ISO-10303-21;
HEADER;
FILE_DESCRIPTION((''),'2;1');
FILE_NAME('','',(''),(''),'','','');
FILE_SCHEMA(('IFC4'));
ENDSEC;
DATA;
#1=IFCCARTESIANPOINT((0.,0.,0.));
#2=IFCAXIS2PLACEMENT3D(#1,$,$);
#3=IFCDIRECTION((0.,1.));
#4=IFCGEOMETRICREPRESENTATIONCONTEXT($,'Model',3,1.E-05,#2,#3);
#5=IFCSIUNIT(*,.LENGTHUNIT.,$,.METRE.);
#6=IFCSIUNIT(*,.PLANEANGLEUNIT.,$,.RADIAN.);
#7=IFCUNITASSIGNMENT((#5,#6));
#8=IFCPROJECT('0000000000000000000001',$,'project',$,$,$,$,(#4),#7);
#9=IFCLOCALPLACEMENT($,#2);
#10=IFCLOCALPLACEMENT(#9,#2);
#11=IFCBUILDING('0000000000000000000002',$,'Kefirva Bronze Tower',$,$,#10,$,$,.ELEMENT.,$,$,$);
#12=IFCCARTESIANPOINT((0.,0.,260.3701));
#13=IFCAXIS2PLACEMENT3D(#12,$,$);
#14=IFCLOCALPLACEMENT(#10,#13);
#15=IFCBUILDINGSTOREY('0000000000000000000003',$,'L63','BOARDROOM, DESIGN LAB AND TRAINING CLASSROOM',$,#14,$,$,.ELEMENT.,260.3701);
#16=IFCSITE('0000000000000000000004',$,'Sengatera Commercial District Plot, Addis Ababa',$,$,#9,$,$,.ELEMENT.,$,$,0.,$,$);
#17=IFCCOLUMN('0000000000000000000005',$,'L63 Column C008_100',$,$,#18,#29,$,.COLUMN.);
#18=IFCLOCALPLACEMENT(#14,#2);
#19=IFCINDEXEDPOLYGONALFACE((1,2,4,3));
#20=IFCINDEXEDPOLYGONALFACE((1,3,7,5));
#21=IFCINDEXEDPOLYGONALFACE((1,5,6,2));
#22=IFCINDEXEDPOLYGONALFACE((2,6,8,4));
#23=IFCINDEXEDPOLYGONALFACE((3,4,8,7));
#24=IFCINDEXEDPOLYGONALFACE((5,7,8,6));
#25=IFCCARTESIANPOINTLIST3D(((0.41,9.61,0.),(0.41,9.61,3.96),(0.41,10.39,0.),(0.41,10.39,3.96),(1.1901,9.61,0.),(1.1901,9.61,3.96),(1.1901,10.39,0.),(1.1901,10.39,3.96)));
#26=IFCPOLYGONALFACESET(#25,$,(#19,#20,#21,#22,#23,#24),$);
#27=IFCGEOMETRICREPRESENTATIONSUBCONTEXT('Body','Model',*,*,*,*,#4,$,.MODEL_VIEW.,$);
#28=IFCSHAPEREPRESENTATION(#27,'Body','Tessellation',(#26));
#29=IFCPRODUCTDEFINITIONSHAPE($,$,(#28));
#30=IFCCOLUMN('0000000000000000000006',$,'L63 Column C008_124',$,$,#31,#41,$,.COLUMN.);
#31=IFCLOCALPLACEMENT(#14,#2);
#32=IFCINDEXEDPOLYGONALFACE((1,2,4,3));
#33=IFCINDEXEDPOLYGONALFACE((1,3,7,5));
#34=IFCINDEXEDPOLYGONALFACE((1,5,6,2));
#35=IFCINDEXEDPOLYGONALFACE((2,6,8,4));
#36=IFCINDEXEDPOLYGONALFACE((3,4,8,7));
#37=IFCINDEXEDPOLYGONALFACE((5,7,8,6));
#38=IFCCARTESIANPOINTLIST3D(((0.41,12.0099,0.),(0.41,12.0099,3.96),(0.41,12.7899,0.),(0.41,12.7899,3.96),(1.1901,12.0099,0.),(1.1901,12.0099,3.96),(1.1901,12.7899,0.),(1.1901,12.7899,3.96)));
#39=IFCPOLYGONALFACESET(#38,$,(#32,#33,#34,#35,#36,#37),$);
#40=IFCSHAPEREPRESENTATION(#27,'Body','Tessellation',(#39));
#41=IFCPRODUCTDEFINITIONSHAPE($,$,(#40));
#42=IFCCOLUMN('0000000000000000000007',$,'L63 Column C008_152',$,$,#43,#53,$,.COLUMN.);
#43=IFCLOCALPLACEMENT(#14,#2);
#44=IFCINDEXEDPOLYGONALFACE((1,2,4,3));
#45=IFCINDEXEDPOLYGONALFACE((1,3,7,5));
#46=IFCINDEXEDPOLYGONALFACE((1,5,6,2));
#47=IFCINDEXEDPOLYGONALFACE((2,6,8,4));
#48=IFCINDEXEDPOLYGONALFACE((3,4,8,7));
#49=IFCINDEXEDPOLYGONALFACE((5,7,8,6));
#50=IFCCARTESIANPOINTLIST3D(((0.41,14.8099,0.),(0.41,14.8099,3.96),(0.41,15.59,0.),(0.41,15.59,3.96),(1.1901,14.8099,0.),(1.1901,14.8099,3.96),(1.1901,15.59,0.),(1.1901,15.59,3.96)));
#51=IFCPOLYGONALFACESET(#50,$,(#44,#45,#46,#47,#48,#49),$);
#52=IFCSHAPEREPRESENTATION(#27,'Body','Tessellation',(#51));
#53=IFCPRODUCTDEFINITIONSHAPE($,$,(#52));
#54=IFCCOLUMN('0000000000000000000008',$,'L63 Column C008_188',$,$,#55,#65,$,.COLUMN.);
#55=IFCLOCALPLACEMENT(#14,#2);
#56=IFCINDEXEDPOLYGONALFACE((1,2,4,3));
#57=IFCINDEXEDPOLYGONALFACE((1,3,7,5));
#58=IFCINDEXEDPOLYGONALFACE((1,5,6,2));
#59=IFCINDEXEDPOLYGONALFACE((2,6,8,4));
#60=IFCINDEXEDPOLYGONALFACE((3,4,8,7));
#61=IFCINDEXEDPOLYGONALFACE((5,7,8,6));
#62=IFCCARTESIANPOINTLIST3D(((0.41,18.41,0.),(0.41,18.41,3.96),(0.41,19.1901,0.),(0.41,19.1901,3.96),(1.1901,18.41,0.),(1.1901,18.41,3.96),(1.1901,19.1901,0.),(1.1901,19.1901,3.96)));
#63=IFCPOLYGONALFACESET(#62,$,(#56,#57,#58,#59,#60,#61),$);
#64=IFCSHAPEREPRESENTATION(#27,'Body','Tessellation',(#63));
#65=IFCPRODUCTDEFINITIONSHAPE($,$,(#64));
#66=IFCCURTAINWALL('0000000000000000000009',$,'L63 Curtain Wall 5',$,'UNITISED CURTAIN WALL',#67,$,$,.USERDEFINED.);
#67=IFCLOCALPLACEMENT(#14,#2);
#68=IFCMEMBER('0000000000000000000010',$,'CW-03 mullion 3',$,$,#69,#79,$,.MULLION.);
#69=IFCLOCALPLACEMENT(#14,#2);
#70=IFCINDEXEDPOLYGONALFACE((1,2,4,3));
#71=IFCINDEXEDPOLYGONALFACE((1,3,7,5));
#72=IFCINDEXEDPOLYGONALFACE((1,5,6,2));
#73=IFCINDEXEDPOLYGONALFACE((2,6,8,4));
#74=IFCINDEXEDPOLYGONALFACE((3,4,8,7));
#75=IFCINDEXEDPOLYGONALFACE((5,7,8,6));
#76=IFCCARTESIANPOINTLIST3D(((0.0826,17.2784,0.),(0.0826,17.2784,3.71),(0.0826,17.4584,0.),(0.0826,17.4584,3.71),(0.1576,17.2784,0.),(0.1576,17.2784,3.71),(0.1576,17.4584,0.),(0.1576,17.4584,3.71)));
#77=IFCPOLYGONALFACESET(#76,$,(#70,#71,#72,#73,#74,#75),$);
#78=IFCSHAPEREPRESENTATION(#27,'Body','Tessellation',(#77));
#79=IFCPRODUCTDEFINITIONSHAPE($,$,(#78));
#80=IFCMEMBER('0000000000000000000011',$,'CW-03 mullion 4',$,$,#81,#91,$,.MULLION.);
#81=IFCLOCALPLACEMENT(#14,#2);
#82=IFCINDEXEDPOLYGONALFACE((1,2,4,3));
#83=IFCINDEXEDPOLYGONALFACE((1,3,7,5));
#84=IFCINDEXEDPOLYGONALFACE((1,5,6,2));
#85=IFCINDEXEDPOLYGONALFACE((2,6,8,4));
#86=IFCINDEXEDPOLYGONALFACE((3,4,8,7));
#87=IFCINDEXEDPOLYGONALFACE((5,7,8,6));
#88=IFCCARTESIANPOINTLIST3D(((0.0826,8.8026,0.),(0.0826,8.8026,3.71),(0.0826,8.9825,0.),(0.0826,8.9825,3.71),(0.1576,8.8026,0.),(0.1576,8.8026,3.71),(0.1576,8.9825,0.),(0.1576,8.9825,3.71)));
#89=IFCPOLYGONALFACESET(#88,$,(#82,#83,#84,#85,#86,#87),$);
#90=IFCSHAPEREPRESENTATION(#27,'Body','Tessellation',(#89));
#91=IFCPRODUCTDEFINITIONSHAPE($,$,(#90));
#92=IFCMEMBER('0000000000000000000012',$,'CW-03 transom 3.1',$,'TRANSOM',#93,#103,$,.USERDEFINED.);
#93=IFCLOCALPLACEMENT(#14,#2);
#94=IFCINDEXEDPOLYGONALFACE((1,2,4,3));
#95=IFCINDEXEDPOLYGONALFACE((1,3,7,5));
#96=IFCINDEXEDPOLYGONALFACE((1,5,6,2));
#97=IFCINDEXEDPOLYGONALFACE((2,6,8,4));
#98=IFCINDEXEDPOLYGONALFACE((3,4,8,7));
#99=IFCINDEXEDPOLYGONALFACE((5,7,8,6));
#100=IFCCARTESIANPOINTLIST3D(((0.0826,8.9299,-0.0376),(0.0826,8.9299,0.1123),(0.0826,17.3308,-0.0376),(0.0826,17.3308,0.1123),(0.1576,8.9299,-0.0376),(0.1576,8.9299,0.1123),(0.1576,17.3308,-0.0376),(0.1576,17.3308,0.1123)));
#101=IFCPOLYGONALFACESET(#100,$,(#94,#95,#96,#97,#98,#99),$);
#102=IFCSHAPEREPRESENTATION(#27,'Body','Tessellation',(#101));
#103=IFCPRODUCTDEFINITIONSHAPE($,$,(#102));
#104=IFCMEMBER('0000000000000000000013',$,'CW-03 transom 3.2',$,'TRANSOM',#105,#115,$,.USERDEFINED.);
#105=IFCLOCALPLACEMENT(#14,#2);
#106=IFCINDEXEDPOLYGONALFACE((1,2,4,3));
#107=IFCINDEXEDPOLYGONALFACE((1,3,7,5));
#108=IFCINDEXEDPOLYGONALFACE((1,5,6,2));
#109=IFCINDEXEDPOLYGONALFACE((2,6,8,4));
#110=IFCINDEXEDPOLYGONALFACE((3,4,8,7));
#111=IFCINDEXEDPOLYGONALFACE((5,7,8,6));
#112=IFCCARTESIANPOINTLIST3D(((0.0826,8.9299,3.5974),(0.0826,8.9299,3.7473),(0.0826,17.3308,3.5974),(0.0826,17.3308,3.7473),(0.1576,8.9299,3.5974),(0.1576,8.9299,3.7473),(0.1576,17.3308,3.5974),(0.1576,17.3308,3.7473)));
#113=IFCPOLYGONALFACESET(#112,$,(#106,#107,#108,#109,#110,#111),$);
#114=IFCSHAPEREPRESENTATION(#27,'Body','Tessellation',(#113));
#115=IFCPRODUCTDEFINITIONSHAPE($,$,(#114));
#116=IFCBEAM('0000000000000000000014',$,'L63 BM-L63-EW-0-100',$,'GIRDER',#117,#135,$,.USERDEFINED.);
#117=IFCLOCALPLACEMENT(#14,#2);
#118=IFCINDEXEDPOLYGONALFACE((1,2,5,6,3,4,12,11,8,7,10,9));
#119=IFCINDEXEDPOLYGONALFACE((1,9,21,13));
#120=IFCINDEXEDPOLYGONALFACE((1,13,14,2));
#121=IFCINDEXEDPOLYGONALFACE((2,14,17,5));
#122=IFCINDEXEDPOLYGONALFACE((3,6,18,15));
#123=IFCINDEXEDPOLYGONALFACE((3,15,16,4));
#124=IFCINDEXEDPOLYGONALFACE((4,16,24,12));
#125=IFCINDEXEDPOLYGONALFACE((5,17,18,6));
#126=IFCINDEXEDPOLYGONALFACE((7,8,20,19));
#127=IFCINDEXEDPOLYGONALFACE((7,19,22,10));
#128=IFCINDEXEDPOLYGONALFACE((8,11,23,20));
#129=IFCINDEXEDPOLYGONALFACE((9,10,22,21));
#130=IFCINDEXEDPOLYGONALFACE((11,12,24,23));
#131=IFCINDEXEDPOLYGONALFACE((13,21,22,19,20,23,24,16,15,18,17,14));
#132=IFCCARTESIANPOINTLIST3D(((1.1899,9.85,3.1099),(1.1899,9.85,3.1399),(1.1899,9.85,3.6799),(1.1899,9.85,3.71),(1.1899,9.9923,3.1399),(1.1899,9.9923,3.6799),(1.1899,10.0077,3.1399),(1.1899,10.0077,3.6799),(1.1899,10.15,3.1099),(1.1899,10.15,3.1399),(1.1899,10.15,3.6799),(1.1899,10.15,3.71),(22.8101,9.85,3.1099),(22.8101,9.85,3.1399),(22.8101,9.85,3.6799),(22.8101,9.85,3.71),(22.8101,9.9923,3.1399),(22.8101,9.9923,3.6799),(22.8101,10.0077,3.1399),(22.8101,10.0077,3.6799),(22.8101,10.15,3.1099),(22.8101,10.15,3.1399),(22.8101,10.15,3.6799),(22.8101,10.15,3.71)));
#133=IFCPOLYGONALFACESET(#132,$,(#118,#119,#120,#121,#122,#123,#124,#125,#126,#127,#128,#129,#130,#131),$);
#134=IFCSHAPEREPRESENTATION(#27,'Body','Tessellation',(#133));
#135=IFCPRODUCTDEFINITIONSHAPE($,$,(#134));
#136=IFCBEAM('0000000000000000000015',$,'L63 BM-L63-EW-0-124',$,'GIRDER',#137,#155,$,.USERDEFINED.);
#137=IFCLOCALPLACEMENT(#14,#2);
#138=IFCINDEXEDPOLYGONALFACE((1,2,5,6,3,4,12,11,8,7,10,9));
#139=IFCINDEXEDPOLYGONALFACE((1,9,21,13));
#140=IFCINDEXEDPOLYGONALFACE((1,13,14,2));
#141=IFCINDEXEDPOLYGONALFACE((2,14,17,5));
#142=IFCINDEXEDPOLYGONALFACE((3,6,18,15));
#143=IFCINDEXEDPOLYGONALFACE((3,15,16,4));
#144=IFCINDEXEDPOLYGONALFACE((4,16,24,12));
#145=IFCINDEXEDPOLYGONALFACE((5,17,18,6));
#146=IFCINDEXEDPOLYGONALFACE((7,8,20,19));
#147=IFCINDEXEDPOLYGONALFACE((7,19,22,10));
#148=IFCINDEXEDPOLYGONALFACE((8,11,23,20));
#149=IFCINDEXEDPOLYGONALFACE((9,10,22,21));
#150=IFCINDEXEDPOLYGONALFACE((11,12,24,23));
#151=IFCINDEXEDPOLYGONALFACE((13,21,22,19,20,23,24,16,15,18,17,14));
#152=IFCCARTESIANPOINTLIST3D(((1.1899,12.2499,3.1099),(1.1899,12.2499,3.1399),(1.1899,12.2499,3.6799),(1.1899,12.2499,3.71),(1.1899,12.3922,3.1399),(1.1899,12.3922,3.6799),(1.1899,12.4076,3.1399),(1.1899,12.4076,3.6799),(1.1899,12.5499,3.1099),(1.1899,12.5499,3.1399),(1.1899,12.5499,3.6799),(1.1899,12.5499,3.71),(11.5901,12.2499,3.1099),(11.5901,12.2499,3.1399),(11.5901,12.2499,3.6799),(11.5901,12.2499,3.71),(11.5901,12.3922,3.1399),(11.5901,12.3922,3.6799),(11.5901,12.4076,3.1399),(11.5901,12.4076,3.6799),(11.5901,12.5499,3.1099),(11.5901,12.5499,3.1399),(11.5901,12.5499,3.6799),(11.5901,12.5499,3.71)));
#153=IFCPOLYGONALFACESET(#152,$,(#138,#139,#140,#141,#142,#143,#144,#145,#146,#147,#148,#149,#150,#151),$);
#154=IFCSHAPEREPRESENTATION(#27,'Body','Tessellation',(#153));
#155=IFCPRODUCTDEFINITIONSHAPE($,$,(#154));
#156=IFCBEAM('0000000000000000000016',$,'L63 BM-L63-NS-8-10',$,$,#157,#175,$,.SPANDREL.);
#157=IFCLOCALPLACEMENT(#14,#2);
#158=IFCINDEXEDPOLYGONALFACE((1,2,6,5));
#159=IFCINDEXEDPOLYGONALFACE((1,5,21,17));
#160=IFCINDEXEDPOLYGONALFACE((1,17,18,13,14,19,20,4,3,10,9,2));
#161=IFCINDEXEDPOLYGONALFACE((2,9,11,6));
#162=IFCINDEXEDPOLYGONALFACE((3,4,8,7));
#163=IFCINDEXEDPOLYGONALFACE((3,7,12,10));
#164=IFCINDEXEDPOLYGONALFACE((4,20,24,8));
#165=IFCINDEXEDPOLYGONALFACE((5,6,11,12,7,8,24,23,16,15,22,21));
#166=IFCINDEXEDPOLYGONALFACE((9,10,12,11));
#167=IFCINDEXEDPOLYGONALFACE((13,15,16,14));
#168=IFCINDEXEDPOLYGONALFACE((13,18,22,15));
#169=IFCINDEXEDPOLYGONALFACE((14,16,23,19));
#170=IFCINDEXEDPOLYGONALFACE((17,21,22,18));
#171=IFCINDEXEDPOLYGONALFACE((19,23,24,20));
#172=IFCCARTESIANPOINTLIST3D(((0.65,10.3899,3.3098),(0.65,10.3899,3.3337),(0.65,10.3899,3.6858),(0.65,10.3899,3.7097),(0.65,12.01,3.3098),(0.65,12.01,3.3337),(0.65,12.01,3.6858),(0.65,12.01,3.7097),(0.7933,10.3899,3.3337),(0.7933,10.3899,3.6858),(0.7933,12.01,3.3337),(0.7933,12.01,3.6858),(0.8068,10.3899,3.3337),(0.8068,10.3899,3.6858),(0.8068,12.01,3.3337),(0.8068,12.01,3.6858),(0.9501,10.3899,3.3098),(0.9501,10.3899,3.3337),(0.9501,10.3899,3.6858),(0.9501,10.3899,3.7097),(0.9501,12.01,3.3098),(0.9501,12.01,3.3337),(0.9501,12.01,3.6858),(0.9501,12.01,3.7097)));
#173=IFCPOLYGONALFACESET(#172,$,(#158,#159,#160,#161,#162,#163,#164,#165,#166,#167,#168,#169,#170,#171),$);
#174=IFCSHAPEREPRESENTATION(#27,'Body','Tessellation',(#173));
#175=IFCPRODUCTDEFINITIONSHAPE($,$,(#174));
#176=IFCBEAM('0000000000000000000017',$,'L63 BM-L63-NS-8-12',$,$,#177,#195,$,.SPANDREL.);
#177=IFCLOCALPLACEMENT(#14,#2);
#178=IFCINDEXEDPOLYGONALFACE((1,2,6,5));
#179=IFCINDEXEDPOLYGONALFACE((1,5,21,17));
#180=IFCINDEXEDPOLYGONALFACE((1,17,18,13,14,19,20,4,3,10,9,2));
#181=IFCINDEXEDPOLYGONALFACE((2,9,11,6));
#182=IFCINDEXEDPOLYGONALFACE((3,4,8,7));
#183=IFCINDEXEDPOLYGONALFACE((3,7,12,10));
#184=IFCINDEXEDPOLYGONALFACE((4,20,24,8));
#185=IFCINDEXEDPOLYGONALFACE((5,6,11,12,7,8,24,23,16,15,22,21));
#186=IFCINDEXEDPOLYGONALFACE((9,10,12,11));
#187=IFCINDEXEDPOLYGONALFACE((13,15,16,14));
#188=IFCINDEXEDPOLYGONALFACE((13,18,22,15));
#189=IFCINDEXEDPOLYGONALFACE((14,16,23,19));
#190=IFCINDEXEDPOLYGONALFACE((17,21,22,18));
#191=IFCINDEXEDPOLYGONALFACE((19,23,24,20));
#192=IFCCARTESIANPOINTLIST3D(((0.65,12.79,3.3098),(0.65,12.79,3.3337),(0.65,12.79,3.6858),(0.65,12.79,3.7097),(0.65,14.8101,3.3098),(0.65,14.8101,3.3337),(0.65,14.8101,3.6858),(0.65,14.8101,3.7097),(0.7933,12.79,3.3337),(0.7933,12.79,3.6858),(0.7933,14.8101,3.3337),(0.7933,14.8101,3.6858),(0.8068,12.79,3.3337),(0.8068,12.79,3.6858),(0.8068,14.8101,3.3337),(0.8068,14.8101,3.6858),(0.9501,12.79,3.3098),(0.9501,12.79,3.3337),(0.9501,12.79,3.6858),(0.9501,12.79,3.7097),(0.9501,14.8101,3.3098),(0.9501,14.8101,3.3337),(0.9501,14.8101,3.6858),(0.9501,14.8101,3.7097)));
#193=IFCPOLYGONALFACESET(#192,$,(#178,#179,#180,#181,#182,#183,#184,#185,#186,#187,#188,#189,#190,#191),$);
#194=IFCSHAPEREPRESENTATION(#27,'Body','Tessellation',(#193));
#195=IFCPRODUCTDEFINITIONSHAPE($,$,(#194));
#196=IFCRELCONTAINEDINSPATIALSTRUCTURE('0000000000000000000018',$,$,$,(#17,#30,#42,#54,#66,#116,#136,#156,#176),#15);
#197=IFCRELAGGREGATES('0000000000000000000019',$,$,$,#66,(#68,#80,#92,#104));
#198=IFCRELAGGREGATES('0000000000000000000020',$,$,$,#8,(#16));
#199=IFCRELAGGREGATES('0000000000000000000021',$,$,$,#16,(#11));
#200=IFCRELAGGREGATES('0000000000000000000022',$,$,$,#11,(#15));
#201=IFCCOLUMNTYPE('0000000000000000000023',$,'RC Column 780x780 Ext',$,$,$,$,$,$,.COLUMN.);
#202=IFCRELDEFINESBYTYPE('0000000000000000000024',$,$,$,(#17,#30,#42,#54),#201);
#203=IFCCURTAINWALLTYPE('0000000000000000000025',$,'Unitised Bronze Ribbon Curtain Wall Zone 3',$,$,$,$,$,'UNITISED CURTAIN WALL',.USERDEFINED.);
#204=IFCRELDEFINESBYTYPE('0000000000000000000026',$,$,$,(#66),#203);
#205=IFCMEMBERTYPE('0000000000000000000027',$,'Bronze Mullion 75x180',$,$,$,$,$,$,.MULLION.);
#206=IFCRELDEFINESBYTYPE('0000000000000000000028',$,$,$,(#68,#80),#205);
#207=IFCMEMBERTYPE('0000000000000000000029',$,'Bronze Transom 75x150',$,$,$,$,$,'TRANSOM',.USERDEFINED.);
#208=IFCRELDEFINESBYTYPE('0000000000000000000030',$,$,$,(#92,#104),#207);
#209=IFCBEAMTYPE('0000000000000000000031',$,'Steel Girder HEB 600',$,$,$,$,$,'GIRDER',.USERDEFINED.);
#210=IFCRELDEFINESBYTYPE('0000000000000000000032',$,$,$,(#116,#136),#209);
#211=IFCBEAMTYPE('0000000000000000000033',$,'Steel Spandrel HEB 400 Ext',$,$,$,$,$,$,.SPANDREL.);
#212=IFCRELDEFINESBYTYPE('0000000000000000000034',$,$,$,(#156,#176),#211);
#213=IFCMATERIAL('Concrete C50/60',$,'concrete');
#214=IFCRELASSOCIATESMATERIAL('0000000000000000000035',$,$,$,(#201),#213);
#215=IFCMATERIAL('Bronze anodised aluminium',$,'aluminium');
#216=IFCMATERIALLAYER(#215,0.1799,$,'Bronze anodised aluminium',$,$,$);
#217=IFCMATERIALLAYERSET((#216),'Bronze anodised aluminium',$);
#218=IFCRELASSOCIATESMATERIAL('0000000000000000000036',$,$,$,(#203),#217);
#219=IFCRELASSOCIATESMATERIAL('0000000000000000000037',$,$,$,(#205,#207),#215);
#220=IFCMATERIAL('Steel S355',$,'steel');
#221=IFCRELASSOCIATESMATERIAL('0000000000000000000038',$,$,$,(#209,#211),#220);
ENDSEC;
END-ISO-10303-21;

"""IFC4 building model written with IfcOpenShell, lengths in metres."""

from ifc_helpers import new_model, si_unit, direction, frame, origin, origin_2d, place, context, subcontext, project, spatial, rectangle, i_section, extrude, material, layer, layer_set, material_profile, profile_set, type_object, element, aggregate, save


model = new_model("IFC4")

# Units and contexts
model_context = context("Model", 3, precision=1e-05, world=origin(), true_north=direction((0.0, 1.0)))
body_context = subcontext(model_context, "Body", "Model", "MODEL_VIEW")
ifc_project = project(units=[si_unit("LENGTHUNIT", "METRE"), si_unit("PLANEANGLEUNIT", "RADIAN")], contexts=[model_context])

# Site, building, storey
site_placement = place(None, origin())
site = spatial("IfcSite", under=ifc_project, at=site_placement, Name="Sengatera Commercial District Plot, Addis Ababa", CompositionType="ELEMENT", RefElevation=0.0)
building_placement = place(site_placement, origin())
building = spatial("IfcBuilding", under=site, at=building_placement, Name="Kefirva Bronze Tower", CompositionType="ELEMENT")
storey_placement = place(building_placement, frame((0.0, 0.0, 260.3701)))
storey = spatial("IfcBuildingStorey", under=building, at=storey_placement, Name="L63", Description="BOARDROOM, DESIGN LAB AND TRAINING CLASSROOM", CompositionType="ELEMENT", Elevation=260.3701)

# Columns
ifc_material_1 = material(Name="Concrete C50/60", Category="concrete")
ifc_material_profile_1 = material_profile(ifc_material_1, rectangle(XDim=0.78, YDim=0.78, at=origin_2d()), Name="RC 780x780")
ifc_profile_set_1 = profile_set([ifc_material_profile_1], Name="Concrete C50/60")
column_type = type_object("IfcColumnType", Name="RC Column 780x780 Ext", PredefinedType="COLUMN", material=ifc_profile_set_1)
for number, where, z_axis, x_axis, name in (
    (1, (0.8, 10.0, 0.0), (0.0, 0.0, 1.0), (1.0, 0.0, 0.0), "L63 Column C008_100"),
    (2, (0.8, 12.3999, 0.0), (0.0, 0.0, 1.0), (1.0, 0.0, 0.0), "L63 Column C008_124"),
    (3, (0.8, 15.2, 0.0), (0.0, 0.0, 1.0), (1.0, 0.0, 0.0), "L63 Column C008_152"),
    (4, (0.8, 18.8, 0.0), (0.0, 0.0, 1.0), (1.0, 0.0, 0.0), "L63 Column C008_188"),
):
    element("IfcColumn", number, at=place(storey_placement, frame(where, z_axis=z_axis, x_axis=x_axis)), inside=storey, type_object=column_type, Name=name, PredefinedType="COLUMN", context=body_context, shape_type="SweptSolid", body=[
        extrude(rectangle(XDim=0.78, YDim=0.78, at=origin_2d()), origin(), (0.0, 0.0, 1.0), 3.96),
    ])

# Curtain wall, members
ifc_material_2 = material(Name="Bronze anodised aluminium", Category="aluminium")
ifc_layer_1 = layer(ifc_material_2, 0.1799, Name="Bronze anodised aluminium")
ifc_layer_set_1 = layer_set([ifc_layer_1], Name="Bronze anodised aluminium")
curtain_wall_type = type_object("IfcCurtainWallType", Name="Unitised Bronze Ribbon Curtain Wall Zone 3", ElementType="UNITISED CURTAIN WALL", PredefinedType="USERDEFINED", material=ifc_layer_set_1)
curtain_wall_placement = place(storey_placement, origin())
curtain_wall = element("IfcCurtainWall", 5, at=curtain_wall_placement, inside=storey, type_object=curtain_wall_type, Name="L63 Curtain Wall 5", ObjectType="UNITISED CURTAIN WALL", PredefinedType="USERDEFINED")
ifc_material_profile_2 = material_profile(ifc_material_2, rectangle(XDim=0.075, YDim=0.1799, at=origin_2d()), Name="ALU 75x180")
ifc_profile_set_2 = profile_set([ifc_material_profile_2], Name="Bronze anodised aluminium")
member_type_1 = type_object("IfcMemberType", Name="Bronze Mullion 75x180", PredefinedType="MULLION", material=ifc_profile_set_2)
member_1_placement = place(storey_placement, frame((0.1201, 17.3684, 0.0), z_axis=(0.0, 0.0, 1.0), x_axis=(1.0, 0.0, 0.0)))
member_1 = element("IfcMember", 6, at=member_1_placement, type_object=member_type_1, Name="CW-03 mullion 3", PredefinedType="MULLION", context=body_context, shape_type="SweptSolid", body=[
    extrude(rectangle(XDim=0.075, YDim=0.1799, at=origin_2d()), origin(), (0.0, 0.0, 1.0), 3.71),
])
member_2_placement = place(storey_placement, frame((0.1201, 8.8926, 0.0), z_axis=(0.0, 0.0, 1.0), x_axis=(1.0, 0.0, 0.0)))
member_2 = element("IfcMember", 7, at=member_2_placement, type_object=member_type_1, Name="CW-03 mullion 4", PredefinedType="MULLION", context=body_context, shape_type="SweptSolid", body=[
    extrude(rectangle(XDim=0.075, YDim=0.1799, at=origin_2d()), origin(), (0.0, 0.0, 1.0), 3.71),
])
ifc_material_profile_3 = material_profile(ifc_material_2, rectangle(XDim=0.075, YDim=0.1499, at=origin_2d()), Name="ALU 75x150")
ifc_profile_set_3 = profile_set([ifc_material_profile_3], Name="Bronze anodised aluminium")
member_type_2 = type_object("IfcMemberType", Name="Bronze Transom 75x150", ElementType="TRANSOM", PredefinedType="USERDEFINED", material=ifc_profile_set_3)
member_3_placement = place(storey_placement, frame((0.1201, 17.3308, 0.0374), z_axis=(0.0, -1.0, 0.0), x_axis=(1.0, 0.0, 0.0)))
member_3 = element("IfcMember", 8, at=member_3_placement, type_object=member_type_2, Name="CW-03 transom 3.1", ObjectType="TRANSOM", PredefinedType="USERDEFINED", context=body_context, shape_type="SweptSolid", body=[
    extrude(rectangle(XDim=0.075, YDim=0.1499, at=origin_2d()), origin(), (0.0, 0.0, 1.0), 8.4009),
])
member_4_placement = place(storey_placement, frame((0.1201, 17.3308, 3.6724), z_axis=(0.0, -1.0, 0.0), x_axis=(1.0, 0.0, 0.0)))
member_4 = element("IfcMember", 9, at=member_4_placement, type_object=member_type_2, Name="CW-03 transom 3.2", ObjectType="TRANSOM", PredefinedType="USERDEFINED", context=body_context, shape_type="SweptSolid", body=[
    extrude(rectangle(XDim=0.075, YDim=0.1499, at=origin_2d()), origin(), (0.0, 0.0, 1.0), 8.4009),
])

# Beams
ifc_material_3 = material(Name="Steel S355", Category="steel")
ifc_material_profile_4 = material_profile(ifc_material_3, i_section(OverallWidth=0.3, OverallDepth=0.6001, WebThickness=0.0154, FlangeThickness=0.03, at=origin_2d()), Name="HEB 600")
ifc_profile_set_4 = profile_set([ifc_material_profile_4], Name="Steel S355")
beam_type_1 = type_object("IfcBeamType", Name="Steel Girder HEB 600", ElementType="GIRDER", PredefinedType="USERDEFINED", material=ifc_profile_set_4)
beam_1_placement = place(storey_placement, frame((1.1899, 10.0, 3.4099), z_axis=(1.0, 0.0, 0.0), x_axis=(0.0, 1.0, 0.0)))
element("IfcBeam", 10, at=beam_1_placement, inside=storey, type_object=beam_type_1, Name="L63 BM-L63-EW-0-100", ObjectType="GIRDER", PredefinedType="USERDEFINED", context=body_context, shape_type="SweptSolid", body=[
    extrude(i_section(OverallWidth=0.3, OverallDepth=0.6001, WebThickness=0.0154, FlangeThickness=0.03, at=origin_2d()), origin(), (0.0, 0.0, 1.0), 21.6201),
])
beam_2_placement = place(storey_placement, frame((1.1899, 12.3999, 3.4099), z_axis=(1.0, 0.0, 0.0), x_axis=(0.0, 1.0, 0.0)))
element("IfcBeam", 11, at=beam_2_placement, inside=storey, type_object=beam_type_1, Name="L63 BM-L63-EW-0-124", ObjectType="GIRDER", PredefinedType="USERDEFINED", context=body_context, shape_type="SweptSolid", body=[
    extrude(i_section(OverallWidth=0.3, OverallDepth=0.6001, WebThickness=0.0154, FlangeThickness=0.03, at=origin_2d()), origin(), (0.0, 0.0, 1.0), 10.4001),
])
ifc_material_profile_5 = material_profile(ifc_material_3, i_section(OverallWidth=0.3, OverallDepth=0.3999, WebThickness=0.0134, FlangeThickness=0.0239, at=origin_2d()), Name="HEB 400")
ifc_profile_set_5 = profile_set([ifc_material_profile_5], Name="Steel S355")
beam_type_2 = type_object("IfcBeamType", Name="Steel Spandrel HEB 400 Ext", PredefinedType="SPANDREL", material=ifc_profile_set_5)
beam_3_placement = place(storey_placement, frame((0.8, 10.3899, 3.5098), z_axis=(0.0, 1.0, 0.0), x_axis=(-1.0, 0.0, 0.0)))
element("IfcBeam", 12, at=beam_3_placement, inside=storey, type_object=beam_type_2, Name="L63 BM-L63-NS-8-10", PredefinedType="SPANDREL", context=body_context, shape_type="SweptSolid", body=[
    extrude(i_section(OverallWidth=0.3, OverallDepth=0.3999, WebThickness=0.0134, FlangeThickness=0.0239, at=origin_2d()), origin(), (0.0, 0.0, 1.0), 1.6201),
])
beam_4_placement = place(storey_placement, frame((0.8, 12.79, 3.5098), z_axis=(0.0, 1.0, 0.0), x_axis=(-1.0, 0.0, 0.0)))
element("IfcBeam", 13, at=beam_4_placement, inside=storey, type_object=beam_type_2, Name="L63 BM-L63-NS-8-12", PredefinedType="SPANDREL", context=body_context, shape_type="SweptSolid", body=[
    extrude(i_section(OverallWidth=0.3, OverallDepth=0.3999, WebThickness=0.0134, FlangeThickness=0.0239, at=origin_2d()), origin(), (0.0, 0.0, 1.0), 2.02),
])

aggregate(curtain_wall, [member_1, member_2, member_3, member_4])

save(model, "model.ifc")
